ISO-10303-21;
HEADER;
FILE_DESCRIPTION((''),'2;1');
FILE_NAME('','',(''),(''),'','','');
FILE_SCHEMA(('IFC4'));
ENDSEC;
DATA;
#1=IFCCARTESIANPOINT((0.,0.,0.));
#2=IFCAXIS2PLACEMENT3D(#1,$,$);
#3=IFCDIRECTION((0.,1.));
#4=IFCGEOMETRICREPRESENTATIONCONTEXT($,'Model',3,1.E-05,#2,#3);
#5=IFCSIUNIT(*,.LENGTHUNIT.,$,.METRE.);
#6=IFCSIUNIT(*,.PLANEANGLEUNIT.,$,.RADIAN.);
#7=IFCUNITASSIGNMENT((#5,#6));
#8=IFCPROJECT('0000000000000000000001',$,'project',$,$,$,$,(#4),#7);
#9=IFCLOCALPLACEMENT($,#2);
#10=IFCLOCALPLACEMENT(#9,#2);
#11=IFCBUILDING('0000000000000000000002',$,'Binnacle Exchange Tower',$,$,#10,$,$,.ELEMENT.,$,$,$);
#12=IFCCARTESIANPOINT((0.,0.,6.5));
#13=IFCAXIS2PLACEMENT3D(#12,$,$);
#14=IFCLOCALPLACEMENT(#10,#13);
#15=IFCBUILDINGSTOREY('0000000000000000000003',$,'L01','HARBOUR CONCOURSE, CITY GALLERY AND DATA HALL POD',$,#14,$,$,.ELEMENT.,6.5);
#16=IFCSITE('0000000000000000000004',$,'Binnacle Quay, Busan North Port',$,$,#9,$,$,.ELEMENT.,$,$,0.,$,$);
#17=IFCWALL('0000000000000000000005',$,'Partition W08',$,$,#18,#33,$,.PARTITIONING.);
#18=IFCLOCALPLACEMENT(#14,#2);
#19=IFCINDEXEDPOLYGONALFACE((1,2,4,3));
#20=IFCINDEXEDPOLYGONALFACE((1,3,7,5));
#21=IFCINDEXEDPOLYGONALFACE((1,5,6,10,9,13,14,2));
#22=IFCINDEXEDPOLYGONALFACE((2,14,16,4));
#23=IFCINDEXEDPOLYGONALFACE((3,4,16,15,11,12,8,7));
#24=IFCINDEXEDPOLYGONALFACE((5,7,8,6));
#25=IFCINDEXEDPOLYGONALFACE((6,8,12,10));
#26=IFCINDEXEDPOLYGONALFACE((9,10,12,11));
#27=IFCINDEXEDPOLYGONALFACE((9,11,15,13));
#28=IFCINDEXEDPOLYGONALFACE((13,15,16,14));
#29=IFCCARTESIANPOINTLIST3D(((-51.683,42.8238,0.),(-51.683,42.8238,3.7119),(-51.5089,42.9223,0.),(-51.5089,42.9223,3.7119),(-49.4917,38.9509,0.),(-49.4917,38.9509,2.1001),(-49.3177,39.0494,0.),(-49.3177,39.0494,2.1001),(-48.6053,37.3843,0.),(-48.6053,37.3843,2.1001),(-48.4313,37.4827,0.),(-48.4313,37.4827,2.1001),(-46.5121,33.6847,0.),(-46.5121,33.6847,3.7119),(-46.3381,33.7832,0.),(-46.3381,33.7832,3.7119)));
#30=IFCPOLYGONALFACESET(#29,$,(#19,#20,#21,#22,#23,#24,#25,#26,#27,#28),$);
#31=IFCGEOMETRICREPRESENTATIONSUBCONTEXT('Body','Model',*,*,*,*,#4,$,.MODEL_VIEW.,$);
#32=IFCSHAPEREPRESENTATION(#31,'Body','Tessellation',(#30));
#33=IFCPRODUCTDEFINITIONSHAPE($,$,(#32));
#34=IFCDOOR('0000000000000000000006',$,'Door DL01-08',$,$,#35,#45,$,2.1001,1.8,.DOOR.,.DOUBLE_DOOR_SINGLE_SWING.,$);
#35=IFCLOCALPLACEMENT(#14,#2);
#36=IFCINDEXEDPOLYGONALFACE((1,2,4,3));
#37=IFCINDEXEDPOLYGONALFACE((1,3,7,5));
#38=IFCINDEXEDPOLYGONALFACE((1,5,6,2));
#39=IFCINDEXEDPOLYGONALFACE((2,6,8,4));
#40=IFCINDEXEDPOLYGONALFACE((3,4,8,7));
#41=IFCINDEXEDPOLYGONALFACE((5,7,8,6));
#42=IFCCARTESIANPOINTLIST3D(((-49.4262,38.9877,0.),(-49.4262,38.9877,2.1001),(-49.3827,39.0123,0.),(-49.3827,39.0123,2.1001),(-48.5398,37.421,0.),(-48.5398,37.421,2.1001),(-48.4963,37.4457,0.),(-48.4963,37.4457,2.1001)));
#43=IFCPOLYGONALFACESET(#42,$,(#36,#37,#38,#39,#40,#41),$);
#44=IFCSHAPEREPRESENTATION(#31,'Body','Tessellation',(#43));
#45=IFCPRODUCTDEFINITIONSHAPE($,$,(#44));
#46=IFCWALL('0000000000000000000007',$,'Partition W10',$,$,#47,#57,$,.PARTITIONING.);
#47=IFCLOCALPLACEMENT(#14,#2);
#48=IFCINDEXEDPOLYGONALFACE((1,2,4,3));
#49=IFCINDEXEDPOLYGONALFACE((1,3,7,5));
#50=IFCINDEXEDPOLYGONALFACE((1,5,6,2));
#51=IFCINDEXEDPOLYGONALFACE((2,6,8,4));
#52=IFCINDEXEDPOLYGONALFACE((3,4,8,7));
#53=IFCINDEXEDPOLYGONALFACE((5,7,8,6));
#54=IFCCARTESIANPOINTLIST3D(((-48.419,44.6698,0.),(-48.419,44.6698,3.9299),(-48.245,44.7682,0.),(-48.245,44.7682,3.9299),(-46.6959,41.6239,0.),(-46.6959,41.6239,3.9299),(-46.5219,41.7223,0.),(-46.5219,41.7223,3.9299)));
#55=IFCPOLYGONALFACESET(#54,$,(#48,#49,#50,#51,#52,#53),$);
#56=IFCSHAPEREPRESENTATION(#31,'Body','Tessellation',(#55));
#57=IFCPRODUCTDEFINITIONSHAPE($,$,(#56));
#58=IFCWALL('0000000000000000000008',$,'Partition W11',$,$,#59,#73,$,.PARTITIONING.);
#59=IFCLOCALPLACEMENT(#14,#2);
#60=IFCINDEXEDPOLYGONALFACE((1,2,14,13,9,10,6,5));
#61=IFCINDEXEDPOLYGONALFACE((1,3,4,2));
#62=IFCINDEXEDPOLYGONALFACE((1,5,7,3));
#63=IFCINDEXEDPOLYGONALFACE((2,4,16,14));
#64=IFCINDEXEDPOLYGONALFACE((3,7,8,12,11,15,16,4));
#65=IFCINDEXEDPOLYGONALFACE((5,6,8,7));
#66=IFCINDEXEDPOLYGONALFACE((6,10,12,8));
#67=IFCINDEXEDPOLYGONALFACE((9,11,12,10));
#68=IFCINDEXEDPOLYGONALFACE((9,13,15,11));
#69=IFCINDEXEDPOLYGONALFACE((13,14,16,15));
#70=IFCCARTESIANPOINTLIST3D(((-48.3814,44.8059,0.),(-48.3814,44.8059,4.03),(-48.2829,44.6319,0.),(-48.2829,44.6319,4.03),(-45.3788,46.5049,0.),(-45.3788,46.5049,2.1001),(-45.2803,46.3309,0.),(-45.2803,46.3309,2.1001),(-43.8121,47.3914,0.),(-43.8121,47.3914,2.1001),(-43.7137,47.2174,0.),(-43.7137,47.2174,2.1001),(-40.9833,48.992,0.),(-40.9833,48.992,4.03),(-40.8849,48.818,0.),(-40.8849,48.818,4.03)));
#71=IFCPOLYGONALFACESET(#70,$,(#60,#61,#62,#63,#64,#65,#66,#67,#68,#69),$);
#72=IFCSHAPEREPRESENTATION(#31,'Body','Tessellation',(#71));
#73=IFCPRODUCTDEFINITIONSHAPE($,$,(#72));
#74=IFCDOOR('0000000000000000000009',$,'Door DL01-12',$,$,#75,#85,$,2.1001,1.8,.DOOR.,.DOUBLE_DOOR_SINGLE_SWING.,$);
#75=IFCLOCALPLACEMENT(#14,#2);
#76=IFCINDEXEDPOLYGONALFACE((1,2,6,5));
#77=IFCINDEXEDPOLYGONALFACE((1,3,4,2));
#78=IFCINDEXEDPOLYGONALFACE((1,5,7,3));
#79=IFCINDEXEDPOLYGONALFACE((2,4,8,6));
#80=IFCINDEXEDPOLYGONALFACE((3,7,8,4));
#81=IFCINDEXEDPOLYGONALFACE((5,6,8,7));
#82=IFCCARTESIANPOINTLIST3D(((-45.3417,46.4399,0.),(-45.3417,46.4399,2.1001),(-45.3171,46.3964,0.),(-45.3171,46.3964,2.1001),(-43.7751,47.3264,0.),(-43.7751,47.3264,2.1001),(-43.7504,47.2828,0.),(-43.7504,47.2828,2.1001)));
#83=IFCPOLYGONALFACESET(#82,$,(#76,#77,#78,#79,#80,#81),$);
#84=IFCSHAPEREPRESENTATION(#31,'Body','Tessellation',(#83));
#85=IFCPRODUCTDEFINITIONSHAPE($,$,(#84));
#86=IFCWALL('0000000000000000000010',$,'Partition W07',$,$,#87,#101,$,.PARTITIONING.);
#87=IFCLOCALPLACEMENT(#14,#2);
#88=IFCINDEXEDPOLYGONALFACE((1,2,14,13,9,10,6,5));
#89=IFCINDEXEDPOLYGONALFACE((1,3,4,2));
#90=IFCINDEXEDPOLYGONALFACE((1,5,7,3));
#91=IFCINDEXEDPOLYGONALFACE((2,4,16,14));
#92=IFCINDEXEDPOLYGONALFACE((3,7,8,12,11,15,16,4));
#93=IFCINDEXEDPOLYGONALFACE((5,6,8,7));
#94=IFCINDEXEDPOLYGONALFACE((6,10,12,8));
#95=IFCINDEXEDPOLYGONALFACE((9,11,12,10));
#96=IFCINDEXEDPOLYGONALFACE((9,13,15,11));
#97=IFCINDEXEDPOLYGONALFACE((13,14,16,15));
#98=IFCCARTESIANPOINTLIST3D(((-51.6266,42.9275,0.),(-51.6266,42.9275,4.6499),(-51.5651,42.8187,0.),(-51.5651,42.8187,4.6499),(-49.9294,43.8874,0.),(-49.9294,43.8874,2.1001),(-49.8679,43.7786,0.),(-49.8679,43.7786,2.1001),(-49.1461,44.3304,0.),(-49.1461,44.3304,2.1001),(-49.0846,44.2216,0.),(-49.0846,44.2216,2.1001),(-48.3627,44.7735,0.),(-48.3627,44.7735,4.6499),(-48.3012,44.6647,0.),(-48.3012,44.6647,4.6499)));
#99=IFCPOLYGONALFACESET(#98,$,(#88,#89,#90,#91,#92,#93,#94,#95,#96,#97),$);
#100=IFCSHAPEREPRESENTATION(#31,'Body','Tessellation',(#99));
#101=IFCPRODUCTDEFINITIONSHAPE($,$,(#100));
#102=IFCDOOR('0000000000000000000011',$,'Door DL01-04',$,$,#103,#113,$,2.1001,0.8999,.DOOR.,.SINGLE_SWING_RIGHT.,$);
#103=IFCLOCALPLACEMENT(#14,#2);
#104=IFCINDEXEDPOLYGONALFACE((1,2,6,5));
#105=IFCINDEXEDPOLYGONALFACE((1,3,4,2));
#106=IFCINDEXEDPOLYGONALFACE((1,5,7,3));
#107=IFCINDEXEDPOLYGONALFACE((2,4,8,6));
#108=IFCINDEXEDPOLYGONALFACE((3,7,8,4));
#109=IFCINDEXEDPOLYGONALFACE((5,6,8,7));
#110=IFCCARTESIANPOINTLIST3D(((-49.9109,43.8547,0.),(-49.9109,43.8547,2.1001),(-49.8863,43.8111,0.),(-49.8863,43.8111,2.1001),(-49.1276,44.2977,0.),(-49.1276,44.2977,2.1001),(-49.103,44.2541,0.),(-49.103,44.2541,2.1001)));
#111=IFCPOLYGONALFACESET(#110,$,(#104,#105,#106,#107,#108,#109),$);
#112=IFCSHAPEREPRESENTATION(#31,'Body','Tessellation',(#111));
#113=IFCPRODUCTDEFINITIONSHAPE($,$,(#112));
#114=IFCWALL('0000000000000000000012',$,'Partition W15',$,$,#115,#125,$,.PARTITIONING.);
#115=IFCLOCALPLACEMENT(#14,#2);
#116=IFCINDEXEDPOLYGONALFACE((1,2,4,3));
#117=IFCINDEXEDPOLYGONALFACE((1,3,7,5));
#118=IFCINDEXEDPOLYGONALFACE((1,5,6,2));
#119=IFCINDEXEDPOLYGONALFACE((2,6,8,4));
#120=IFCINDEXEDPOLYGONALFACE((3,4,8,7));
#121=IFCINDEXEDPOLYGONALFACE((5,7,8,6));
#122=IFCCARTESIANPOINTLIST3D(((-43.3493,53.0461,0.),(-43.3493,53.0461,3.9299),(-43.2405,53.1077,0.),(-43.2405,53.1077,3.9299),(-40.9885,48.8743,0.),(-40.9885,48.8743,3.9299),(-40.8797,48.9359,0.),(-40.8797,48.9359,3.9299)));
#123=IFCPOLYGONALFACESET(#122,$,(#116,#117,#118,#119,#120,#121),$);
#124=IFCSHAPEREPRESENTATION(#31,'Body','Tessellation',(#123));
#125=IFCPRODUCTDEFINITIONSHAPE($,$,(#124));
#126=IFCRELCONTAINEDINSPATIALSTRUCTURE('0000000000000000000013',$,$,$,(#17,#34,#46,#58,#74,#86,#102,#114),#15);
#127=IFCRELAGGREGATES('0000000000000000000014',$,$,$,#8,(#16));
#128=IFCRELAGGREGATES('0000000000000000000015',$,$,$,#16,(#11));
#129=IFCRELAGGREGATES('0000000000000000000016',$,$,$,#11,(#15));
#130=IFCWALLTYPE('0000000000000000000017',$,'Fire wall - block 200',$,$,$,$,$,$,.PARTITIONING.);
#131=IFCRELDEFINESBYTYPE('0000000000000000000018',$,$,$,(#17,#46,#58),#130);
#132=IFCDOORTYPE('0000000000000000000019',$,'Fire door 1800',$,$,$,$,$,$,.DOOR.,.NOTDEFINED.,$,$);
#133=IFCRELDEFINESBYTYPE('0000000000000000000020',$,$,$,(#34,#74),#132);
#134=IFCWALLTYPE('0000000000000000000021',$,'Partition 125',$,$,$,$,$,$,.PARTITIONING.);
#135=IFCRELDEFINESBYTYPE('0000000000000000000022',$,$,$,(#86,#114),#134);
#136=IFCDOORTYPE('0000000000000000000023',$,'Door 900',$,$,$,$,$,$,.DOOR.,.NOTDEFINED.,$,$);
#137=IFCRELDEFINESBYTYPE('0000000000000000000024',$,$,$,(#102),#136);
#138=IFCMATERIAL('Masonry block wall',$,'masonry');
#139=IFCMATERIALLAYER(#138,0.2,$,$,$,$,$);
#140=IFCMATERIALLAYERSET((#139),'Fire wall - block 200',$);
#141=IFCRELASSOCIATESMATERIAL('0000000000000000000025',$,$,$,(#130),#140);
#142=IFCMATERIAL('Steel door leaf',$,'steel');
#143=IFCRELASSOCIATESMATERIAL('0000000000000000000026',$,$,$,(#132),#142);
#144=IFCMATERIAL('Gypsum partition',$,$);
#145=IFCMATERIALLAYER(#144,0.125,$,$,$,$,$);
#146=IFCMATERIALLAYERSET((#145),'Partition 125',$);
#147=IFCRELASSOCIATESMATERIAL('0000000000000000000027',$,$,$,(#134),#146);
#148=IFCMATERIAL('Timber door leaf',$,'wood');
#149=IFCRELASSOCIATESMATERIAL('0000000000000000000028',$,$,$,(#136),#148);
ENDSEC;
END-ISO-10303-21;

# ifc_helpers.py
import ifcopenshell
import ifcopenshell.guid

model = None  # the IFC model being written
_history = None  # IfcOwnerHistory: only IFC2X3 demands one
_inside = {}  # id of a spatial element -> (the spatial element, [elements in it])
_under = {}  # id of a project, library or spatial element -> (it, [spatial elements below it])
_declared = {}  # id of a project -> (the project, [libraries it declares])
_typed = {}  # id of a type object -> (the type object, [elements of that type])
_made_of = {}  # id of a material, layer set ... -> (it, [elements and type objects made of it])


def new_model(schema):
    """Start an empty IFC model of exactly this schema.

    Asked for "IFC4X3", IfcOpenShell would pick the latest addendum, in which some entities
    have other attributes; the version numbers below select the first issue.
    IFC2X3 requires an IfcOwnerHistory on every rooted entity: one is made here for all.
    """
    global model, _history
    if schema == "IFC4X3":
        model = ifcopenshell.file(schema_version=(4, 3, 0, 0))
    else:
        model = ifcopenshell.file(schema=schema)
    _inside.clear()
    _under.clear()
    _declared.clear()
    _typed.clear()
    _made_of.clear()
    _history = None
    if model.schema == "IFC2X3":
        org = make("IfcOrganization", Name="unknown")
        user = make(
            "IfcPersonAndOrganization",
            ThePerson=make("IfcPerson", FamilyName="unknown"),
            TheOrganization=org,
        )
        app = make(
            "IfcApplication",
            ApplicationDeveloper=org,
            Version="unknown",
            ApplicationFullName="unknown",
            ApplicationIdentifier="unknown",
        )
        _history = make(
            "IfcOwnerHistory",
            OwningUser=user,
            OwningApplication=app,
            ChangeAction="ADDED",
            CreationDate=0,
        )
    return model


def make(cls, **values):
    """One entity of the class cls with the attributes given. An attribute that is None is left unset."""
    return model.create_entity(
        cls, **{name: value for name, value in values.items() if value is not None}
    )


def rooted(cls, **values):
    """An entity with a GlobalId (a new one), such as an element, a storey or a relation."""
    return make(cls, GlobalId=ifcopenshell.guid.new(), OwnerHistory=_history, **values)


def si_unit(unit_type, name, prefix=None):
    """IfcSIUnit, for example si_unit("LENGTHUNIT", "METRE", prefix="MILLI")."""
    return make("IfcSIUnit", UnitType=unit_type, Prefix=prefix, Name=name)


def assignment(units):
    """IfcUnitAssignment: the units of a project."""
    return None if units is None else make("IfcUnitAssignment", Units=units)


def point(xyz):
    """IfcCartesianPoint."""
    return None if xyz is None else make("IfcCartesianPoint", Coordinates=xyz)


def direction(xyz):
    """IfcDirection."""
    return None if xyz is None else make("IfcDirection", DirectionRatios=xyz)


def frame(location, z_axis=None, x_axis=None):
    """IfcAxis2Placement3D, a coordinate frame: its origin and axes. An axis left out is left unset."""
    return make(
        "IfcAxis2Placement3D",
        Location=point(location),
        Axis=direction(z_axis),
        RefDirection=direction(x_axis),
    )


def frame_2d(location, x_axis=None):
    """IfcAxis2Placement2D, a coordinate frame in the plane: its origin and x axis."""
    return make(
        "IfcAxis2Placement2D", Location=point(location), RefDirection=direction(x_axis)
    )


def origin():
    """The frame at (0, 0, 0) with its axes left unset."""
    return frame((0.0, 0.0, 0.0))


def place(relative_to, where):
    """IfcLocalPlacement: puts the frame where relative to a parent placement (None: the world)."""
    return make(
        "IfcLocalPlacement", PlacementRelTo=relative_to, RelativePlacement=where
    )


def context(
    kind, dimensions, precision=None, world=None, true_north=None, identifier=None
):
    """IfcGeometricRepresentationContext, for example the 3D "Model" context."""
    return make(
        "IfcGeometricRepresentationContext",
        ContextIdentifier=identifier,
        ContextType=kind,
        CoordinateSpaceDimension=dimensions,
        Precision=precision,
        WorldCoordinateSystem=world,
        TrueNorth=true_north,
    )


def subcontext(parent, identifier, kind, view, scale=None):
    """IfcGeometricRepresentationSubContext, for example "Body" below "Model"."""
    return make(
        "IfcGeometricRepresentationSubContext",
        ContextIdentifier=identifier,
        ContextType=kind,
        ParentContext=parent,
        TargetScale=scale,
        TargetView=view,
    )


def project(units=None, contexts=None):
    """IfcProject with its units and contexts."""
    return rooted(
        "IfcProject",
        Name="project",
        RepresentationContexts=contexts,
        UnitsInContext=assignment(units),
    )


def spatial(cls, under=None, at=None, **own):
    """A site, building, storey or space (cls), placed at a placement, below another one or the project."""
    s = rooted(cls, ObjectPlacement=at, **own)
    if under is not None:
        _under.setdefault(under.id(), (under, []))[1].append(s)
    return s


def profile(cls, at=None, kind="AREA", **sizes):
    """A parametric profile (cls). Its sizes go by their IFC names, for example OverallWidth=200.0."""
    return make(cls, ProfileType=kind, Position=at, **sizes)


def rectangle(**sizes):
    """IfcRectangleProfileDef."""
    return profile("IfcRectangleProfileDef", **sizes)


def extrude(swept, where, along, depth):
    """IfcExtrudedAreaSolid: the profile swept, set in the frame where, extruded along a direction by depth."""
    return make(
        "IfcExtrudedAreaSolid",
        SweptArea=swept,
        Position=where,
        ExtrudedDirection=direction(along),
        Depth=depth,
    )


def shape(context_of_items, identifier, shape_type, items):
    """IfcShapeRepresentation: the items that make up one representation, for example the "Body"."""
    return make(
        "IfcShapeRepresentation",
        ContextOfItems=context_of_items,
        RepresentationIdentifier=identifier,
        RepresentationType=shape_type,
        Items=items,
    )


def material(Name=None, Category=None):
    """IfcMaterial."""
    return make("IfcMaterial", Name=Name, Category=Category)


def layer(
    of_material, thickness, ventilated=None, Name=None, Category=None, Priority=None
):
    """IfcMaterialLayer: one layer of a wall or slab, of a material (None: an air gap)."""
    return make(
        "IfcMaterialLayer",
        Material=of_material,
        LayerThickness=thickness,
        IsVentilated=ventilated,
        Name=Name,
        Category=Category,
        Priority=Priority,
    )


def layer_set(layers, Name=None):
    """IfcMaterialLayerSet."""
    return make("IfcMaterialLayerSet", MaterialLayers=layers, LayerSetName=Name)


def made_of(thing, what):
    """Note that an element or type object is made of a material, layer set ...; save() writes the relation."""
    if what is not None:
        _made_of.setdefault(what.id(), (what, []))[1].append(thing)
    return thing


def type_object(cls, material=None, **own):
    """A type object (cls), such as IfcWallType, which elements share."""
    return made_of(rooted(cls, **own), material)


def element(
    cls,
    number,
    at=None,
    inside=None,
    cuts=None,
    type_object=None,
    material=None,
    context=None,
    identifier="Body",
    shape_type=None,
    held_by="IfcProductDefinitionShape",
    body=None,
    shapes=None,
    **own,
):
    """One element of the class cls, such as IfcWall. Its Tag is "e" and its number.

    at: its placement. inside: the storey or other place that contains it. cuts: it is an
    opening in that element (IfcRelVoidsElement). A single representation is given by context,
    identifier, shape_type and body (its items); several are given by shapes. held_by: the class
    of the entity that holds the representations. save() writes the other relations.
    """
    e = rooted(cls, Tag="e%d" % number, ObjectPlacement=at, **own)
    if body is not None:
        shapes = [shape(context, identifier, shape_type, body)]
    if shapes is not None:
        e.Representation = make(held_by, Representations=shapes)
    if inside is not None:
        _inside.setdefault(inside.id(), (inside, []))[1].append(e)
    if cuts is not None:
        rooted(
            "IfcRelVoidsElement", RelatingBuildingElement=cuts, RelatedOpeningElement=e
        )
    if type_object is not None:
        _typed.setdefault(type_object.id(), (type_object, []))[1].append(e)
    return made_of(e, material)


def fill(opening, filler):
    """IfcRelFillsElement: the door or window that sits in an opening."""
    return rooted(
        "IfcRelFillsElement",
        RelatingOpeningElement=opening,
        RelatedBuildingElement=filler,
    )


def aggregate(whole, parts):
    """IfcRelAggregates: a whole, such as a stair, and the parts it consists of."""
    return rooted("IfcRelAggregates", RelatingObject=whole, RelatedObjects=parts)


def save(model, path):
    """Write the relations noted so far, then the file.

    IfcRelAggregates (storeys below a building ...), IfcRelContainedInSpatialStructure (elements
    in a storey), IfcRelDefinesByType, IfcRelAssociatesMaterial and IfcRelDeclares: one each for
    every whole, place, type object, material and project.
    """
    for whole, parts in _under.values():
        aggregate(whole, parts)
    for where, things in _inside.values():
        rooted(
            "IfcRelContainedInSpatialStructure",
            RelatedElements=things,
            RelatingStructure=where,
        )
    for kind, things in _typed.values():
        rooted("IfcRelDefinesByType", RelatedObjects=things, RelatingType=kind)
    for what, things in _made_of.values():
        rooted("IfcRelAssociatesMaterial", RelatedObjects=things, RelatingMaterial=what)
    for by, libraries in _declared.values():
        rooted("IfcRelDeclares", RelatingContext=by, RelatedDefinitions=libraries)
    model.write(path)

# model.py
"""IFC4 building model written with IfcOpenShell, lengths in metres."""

from ifc_helpers import new_model, si_unit, direction, frame, frame_2d, origin, place, context, subcontext, project, spatial, rectangle, extrude, material, layer, layer_set, type_object, element, fill, save


model = new_model("IFC4")

# Units and contexts
model_context = context("Model", 3, precision=1e-05, world=origin(), true_north=direction((0.0, 1.0)))
body_context = subcontext(model_context, "Body", "Model", "MODEL_VIEW")
ifc_project = project(units=[si_unit("LENGTHUNIT", "METRE"), si_unit("PLANEANGLEUNIT", "RADIAN")], contexts=[model_context])

# Site, building, storey
site_placement = place(None, origin())
site = spatial("IfcSite", under=ifc_project, at=site_placement, Name="Binnacle Quay, Busan North Port", CompositionType="ELEMENT", RefElevation=0.0)
building_placement = place(site_placement, origin())
building = spatial("IfcBuilding", under=site, at=building_placement, Name="Binnacle Exchange Tower", CompositionType="ELEMENT")
storey_placement = place(building_placement, frame((0.0, 0.0, 6.5)))
storey = spatial("IfcBuildingStorey", under=building, at=storey_placement, Name="L01", Description="HARBOUR CONCOURSE, CITY GALLERY AND DATA HALL POD", CompositionType="ELEMENT", Elevation=6.5)

# Wall, opening, door
ifc_material_1 = material(Name="Masonry block wall", Category="masonry")
ifc_layer_1 = layer(ifc_material_1, 0.2)
ifc_layer_set_1 = layer_set([ifc_layer_1], Name="Fire wall - block 200")
wall_type_1 = type_object("IfcWallType", Name="Fire wall - block 200", PredefinedType="PARTITIONING", material=ifc_layer_set_1)
wall_1_placement = place(storey_placement, frame((-51.5959, 42.873, 0.0), z_axis=(0.0, 0.0, 1.0), x_axis=(0.492439, -0.870347, 0.0)))
wall_1 = element("IfcWall", 1, at=wall_1_placement, inside=storey, type_object=wall_type_1, Name="Partition W08", PredefinedType="PARTITIONING", context=body_context, shape_type="SweptSolid", body=[
    extrude(rectangle(XDim=10.5005, YDim=0.2, at=frame_2d((5.2502, 0.0))), origin(), (0.0, 0.0, 1.0), 3.7119),
])
opening_1_placement = place(wall_1_placement, frame((4.45, 0.0, 0.0)))
opening_1 = element("IfcOpeningElement", 2, at=opening_1_placement, cuts=wall_1, PredefinedType="OPENING", context=body_context, shape_type="SweptSolid", body=[
    extrude(rectangle(XDim=1.8, YDim=2.1001, at=frame_2d((0.8999, 1.05))), frame((0.0, 0.1099, 0.0), z_axis=(0.0, -1.0, 0.0), x_axis=(1.0, 0.0, 0.0)), (0.0, 0.0, 1.0), 0.22),
])
ifc_material_2 = material(Name="Steel door leaf", Category="steel")
door_type_1 = type_object("IfcDoorType", Name="Fire door 1800", OperationType="NOTDEFINED", PredefinedType="DOOR", material=ifc_material_2)
door_1_placement = place(opening_1_placement, frame((1.8, 0.0, 0.0), z_axis=(0.0, 0.0, 1.0), x_axis=(-1.0, 0.0, 0.0)))
door_1 = element("IfcDoor", 3, at=door_1_placement, inside=storey, type_object=door_type_1, Name="Door DL01-08", OperationType="DOUBLE_DOOR_SINGLE_SWING", OverallHeight=2.1001, OverallWidth=1.8, PredefinedType="DOOR", context=body_context, shape_type="SweptSolid", body=[
    extrude(rectangle(XDim=1.8, YDim=2.1001, at=frame_2d((0.8999, 1.05))), frame((0.0, 0.0249, 0.0), z_axis=(0.0, -1.0, 0.0), x_axis=(1.0, 0.0, 0.0)), (0.0, 0.0, 1.0), 0.05),
])
fill(opening_1, door_1)

# Wall
wall_2_placement = place(storey_placement, frame((-48.332, 44.719, 0.0), z_axis=(0.0, 0.0, 1.0), x_axis=(0.492393, -0.870373, 0.0)))
element("IfcWall", 4, at=wall_2_placement, inside=storey, type_object=wall_type_1, Name="Partition W10", PredefinedType="PARTITIONING", context=body_context, shape_type="SweptSolid", body=[
    extrude(rectangle(XDim=3.4995, YDim=0.2, at=frame_2d((1.7498, 0.0))), origin(), (0.0, 0.0, 1.0), 3.9299),
])

# Walls, openings, doors
wall_3_placement = place(storey_placement, frame((-48.332, 44.719, 0.0), z_axis=(0.0, 0.0, 1.0), x_axis=(0.870332, 0.492466, 0.0)))
wall_3 = element("IfcWall", 5, at=wall_3_placement, inside=storey, type_object=wall_type_1, Name="Partition W11", PredefinedType="PARTITIONING", context=body_context, shape_type="SweptSolid", body=[
    extrude(rectangle(XDim=8.5002, YDim=0.2, at=frame_2d((4.25, 0.0))), origin(), (0.0, 0.0, 1.0), 4.03),
])
opening_2_placement = place(wall_3_placement, frame((3.45, 0.0, 0.0)))
opening_2 = element("IfcOpeningElement", 6, at=opening_2_placement, cuts=wall_3, PredefinedType="OPENING", context=body_context, shape_type="SweptSolid", body=[
    extrude(rectangle(XDim=1.8, YDim=2.1001, at=frame_2d((0.8999, 1.05))), frame((0.0, 0.1099, 0.0), z_axis=(0.0, -1.0, 0.0), x_axis=(1.0, 0.0, 0.0)), (0.0, 0.0, 1.0), 0.22),
])
door_2_placement = place(opening_2_placement, frame((1.8, 0.0, 0.0), z_axis=(0.0, 0.0, 1.0), x_axis=(-1.0, 0.0, 0.0)))
door_2 = element("IfcDoor", 7, at=door_2_placement, inside=storey, type_object=door_type_1, Name="Door DL01-12", OperationType="DOUBLE_DOOR_SINGLE_SWING", OverallHeight=2.1001, OverallWidth=1.8, PredefinedType="DOOR", context=body_context, shape_type="SweptSolid", body=[
    extrude(rectangle(XDim=1.8, YDim=2.1001, at=frame_2d((0.8999, 1.05))), frame((0.0, 0.0249, 0.0), z_axis=(0.0, -1.0, 0.0), x_axis=(1.0, 0.0, 0.0)), (0.0, 0.0, 1.0), 0.05),
])
fill(opening_2, door_2)
ifc_material_3 = material(Name="Gypsum partition")
ifc_layer_2 = layer(ifc_material_3, 0.125)
ifc_layer_set_2 = layer_set([ifc_layer_2], Name="Partition 125")
wall_type_2 = type_object("IfcWallType", Name="Partition 125", PredefinedType="PARTITIONING", material=ifc_layer_set_2)
wall_4_placement = place(storey_placement, frame((-51.5959, 42.873, 0.0), z_axis=(0.0, 0.0, 1.0), x_axis=(0.870434, 0.492285, 0.0)))
wall_4 = element("IfcWall", 8, at=wall_4_placement, inside=storey, type_object=wall_type_2, Name="Partition W07", PredefinedType="PARTITIONING", context=body_context, shape_type="SweptSolid", body=[
    extrude(rectangle(XDim=3.7498, YDim=0.125, at=frame_2d((1.875, 0.0))), origin(), (0.0, 0.0, 1.0), 4.6499),
])
opening_3_placement = place(wall_4_placement, frame((1.95, 0.0, 0.0)))
opening_3 = element("IfcOpeningElement", 9, at=opening_3_placement, cuts=wall_4, PredefinedType="OPENING", context=body_context, shape_type="SweptSolid", body=[
    extrude(rectangle(XDim=0.8999, YDim=2.1001, at=frame_2d((0.45, 1.05))), frame((0.0, 0.0725, 0.0), z_axis=(0.0, -1.0, 0.0), x_axis=(1.0, 0.0, 0.0)), (0.0, 0.0, 1.0), 0.145),
])
ifc_material_4 = material(Name="Timber door leaf", Category="wood")
door_type_2 = type_object("IfcDoorType", Name="Door 900", OperationType="NOTDEFINED", PredefinedType="DOOR", material=ifc_material_4)
door_3_placement = place(opening_3_placement, origin())
door_3 = element("IfcDoor", 10, at=door_3_placement, inside=storey, type_object=door_type_2, Name="Door DL01-04", OperationType="SINGLE_SWING_RIGHT", OverallHeight=2.1001, OverallWidth=0.8999, PredefinedType="DOOR", context=body_context, shape_type="SweptSolid", body=[
    extrude(rectangle(XDim=0.8999, YDim=2.1001, at=frame_2d((0.45, 1.05))), frame((0.0, 0.0249, 0.0), z_axis=(0.0, -1.0, 0.0), x_axis=(1.0, 0.0, 0.0)), (0.0, 0.0, 1.0), 0.05),
])
fill(opening_3, door_3)

# Wall
wall_5_placement = place(storey_placement, frame((-43.2949, 53.0769, 0.0), z_axis=(0.0, 0.0, 1.0), x_axis=(0.492504, -0.87031, 0.0)))
element("IfcWall", 11, at=wall_5_placement, inside=storey, type_object=wall_type_2, Name="Partition W15", PredefinedType="PARTITIONING", context=body_context, shape_type="SweptSolid", body=[
    extrude(rectangle(XDim=4.7935, YDim=0.125, at=frame_2d((2.3967, 0.0))), origin(), (0.0, 0.0, 1.0), 3.9299),
])

save(model, "model.ifc")
